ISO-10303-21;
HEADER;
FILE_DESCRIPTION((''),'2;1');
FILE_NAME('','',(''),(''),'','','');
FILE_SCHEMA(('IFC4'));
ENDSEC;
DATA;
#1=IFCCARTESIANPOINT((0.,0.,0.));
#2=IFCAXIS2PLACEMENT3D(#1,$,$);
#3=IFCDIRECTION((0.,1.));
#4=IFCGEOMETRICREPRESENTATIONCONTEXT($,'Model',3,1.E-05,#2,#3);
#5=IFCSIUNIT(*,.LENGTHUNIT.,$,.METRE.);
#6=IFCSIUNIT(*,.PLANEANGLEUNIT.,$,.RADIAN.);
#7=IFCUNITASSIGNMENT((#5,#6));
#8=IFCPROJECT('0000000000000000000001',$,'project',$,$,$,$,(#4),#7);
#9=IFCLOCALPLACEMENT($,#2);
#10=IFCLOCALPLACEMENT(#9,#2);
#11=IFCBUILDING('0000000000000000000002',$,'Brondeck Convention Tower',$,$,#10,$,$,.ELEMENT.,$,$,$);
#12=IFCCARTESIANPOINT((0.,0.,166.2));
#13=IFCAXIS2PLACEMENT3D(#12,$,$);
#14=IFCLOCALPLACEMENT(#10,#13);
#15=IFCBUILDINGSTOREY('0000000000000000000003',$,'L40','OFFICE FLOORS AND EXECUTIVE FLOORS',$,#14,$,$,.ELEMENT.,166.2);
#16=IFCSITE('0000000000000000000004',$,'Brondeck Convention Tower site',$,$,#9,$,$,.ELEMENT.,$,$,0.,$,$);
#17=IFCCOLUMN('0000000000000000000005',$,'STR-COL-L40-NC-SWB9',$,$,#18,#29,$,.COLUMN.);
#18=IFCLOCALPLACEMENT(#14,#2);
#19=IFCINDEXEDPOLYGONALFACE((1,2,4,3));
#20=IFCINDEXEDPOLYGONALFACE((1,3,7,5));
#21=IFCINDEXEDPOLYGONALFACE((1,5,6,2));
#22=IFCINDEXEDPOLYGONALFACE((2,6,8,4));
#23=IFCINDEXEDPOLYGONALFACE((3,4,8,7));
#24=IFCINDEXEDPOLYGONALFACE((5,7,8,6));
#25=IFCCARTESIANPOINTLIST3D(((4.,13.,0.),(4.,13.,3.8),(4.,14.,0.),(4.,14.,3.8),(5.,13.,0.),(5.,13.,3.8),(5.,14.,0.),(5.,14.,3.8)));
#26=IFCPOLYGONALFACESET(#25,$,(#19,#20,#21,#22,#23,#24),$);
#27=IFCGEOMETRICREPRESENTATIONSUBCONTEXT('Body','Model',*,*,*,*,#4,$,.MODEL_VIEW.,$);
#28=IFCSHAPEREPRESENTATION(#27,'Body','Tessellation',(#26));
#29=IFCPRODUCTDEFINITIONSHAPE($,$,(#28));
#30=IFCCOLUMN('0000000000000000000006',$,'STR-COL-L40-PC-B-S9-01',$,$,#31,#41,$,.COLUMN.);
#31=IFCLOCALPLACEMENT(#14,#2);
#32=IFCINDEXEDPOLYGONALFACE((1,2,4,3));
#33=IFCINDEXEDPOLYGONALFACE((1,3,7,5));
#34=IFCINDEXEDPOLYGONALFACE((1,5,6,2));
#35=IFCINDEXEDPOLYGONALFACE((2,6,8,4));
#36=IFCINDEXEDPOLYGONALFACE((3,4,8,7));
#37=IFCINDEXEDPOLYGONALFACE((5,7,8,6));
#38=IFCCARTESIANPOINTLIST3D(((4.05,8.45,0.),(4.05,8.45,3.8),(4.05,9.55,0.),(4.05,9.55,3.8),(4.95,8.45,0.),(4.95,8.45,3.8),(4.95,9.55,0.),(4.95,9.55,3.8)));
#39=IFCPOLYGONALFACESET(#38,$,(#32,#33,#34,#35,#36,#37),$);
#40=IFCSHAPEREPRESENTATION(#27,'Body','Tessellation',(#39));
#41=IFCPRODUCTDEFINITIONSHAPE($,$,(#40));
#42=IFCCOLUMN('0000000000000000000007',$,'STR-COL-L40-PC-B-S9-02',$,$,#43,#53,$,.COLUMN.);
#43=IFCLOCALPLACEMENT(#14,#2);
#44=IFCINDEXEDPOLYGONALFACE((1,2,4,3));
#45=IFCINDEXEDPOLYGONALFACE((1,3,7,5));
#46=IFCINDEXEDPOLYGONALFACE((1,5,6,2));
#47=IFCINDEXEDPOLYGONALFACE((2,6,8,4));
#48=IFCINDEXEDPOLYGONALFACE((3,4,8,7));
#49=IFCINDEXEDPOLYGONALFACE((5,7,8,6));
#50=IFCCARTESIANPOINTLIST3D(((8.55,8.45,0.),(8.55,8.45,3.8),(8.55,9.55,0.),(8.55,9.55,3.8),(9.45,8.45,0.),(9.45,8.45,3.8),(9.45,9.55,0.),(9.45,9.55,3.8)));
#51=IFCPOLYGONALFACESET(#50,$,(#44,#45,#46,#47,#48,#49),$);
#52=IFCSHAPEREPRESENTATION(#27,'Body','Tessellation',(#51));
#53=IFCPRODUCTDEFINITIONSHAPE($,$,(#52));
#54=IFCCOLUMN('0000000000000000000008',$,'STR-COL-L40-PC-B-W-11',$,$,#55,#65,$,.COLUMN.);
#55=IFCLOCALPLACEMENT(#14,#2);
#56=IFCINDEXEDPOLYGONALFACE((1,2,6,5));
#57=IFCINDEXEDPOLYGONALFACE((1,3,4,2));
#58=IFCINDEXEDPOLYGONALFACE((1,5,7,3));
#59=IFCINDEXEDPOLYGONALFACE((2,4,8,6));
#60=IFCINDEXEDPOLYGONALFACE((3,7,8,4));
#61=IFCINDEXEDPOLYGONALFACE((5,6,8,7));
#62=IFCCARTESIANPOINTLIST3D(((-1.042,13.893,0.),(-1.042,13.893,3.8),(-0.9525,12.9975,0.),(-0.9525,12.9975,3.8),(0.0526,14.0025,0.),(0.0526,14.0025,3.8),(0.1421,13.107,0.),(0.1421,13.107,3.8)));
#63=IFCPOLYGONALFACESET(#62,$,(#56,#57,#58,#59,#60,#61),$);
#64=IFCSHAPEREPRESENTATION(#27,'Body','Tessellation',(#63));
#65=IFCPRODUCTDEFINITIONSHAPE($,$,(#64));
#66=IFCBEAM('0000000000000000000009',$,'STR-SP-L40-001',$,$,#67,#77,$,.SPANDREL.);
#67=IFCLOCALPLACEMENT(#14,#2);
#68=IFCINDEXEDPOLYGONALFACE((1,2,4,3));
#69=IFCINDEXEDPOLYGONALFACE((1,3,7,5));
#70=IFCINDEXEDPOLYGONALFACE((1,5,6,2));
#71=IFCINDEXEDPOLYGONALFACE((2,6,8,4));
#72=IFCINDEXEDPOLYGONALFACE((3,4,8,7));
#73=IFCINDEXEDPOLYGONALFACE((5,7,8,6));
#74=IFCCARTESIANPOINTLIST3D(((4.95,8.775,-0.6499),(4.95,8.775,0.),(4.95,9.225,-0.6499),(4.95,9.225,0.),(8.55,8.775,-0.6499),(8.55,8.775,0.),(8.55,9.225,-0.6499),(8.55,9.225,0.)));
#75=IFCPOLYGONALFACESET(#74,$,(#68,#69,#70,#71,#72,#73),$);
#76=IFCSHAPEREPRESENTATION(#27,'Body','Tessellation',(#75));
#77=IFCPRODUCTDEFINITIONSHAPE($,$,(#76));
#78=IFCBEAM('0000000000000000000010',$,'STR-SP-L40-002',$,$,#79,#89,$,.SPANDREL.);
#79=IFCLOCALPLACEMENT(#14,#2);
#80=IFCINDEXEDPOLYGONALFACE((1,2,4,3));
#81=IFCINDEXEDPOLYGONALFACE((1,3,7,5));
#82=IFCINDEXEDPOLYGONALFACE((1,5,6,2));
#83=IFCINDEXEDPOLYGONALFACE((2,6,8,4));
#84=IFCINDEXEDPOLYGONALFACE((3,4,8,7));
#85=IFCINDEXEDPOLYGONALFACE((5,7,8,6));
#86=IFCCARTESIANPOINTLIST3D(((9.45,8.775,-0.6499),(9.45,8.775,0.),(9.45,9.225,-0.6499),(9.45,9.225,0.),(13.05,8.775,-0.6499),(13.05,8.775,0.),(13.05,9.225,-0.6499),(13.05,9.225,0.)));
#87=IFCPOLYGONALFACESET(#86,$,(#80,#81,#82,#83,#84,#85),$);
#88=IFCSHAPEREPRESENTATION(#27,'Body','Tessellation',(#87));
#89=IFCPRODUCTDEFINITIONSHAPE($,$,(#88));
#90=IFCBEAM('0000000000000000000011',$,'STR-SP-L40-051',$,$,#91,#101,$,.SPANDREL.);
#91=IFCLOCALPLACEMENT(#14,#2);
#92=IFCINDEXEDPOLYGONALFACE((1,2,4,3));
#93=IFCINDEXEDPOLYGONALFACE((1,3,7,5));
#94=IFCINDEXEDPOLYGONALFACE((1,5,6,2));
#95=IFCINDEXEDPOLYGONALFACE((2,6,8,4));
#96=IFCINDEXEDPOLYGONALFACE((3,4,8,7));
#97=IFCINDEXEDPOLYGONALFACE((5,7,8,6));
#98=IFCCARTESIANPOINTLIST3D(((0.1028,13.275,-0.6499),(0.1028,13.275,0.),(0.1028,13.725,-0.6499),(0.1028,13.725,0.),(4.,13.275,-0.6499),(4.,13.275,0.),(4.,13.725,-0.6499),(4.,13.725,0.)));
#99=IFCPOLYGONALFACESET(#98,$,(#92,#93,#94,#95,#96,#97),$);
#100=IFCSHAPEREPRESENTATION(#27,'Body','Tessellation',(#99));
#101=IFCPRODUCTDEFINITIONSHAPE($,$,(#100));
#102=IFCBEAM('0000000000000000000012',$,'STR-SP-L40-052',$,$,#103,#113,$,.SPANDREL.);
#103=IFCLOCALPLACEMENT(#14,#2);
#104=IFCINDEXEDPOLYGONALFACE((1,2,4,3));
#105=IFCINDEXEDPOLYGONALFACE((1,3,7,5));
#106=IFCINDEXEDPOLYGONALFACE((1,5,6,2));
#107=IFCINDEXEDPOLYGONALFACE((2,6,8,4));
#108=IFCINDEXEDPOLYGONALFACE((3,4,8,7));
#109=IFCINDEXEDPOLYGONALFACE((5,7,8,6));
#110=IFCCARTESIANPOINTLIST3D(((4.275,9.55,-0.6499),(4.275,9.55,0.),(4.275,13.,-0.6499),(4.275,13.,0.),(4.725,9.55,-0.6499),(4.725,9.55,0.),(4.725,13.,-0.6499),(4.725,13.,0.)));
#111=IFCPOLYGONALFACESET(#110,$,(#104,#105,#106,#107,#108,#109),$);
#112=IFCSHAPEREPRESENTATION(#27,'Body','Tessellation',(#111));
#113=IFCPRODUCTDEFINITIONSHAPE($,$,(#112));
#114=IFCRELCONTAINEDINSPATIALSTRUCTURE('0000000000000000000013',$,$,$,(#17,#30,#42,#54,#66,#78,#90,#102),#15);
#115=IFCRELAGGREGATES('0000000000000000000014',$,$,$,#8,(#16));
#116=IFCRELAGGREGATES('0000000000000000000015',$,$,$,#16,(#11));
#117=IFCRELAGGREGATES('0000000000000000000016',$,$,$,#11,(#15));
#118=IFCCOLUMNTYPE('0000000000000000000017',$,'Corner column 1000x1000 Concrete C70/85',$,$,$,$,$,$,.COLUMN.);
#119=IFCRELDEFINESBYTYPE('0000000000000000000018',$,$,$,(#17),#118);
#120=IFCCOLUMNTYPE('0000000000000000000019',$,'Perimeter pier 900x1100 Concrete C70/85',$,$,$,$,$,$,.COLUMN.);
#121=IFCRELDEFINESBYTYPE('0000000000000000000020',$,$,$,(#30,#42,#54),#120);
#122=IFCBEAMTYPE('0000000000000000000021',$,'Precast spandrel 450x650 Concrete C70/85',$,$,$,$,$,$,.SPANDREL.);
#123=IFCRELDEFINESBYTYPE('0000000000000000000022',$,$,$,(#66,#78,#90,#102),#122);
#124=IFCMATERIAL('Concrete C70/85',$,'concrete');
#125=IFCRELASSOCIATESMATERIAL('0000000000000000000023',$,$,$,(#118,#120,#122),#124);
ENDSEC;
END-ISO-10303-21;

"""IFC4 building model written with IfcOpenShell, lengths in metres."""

from ifc_helpers import new_model, si_unit, direction, frame, origin, origin_2d, place, context, subcontext, project, spatial, rectangle, extrude, material, material_profile, profile_set, type_object, element, save


model = new_model("IFC4")

# Units and contexts
model_context = context("Model", 3, precision=1e-05, world=origin(), true_north=direction((0.0, 1.0)))
body_context = subcontext(model_context, "Body", "Model", "MODEL_VIEW")
ifc_project = project(units=[si_unit("LENGTHUNIT", "METRE"), si_unit("PLANEANGLEUNIT", "RADIAN")], contexts=[model_context])

# Site, building, storey
site_placement = place(None, origin())
site = spatial("IfcSite", under=ifc_project, at=site_placement, Name="Brondeck Convention Tower site", CompositionType="ELEMENT", RefElevation=0.0)
building_placement = place(site_placement, origin())
building = spatial("IfcBuilding", under=site, at=building_placement, Name="Brondeck Convention Tower", CompositionType="ELEMENT")
storey_placement = place(building_placement, frame((0.0, 0.0, 166.2)))
storey = spatial("IfcBuildingStorey", under=building, at=storey_placement, Name="L40", Description="OFFICE FLOORS AND EXECUTIVE FLOORS", CompositionType="ELEMENT", Elevation=166.2)

# Columns
ifc_material_1 = material(Name="Concrete C70/85", Category="concrete")
ifc_material_profile_1 = material_profile(ifc_material_1, rectangle(XDim=1.0, YDim=1.0, at=origin_2d()), Name="Corner column 1000x1000 Concrete C70/85")
ifc_profile_set_1 = profile_set([ifc_material_profile_1], Name="Concrete C70/85")
column_type_1 = type_object("IfcColumnType", Name="Corner column 1000x1000 Concrete C70/85", PredefinedType="COLUMN", material=ifc_profile_set_1)
column_placement = place(storey_placement, frame((4.5, 13.5, 0.0), z_axis=(0.0, 0.0, 1.0), x_axis=(1.0, 0.0, 0.0)))
element("IfcColumn", 1, at=column_placement, inside=storey, type_object=column_type_1, Name="STR-COL-L40-NC-SWB9", PredefinedType="COLUMN", context=body_context, shape_type="SweptSolid", body=[
    extrude(rectangle(XDim=1.0, YDim=1.0, at=origin_2d()), origin(), (0.0, 0.0, 1.0), 3.8),
])
ifc_material_profile_2 = material_profile(ifc_material_1, rectangle(XDim=0.8999, YDim=1.1001, at=origin_2d()), Name="Perimeter pier 900x1100 Concrete C70/85")
ifc_profile_set_2 = profile_set([ifc_material_profile_2], Name="Concrete C70/85")
column_type_2 = type_object("IfcColumnType", Name="Perimeter pier 900x1100 Concrete C70/85", PredefinedType="COLUMN", material=ifc_profile_set_2)
for number, where, z_axis, x_axis, name in (
    (2, (4.5, 9.0, 0.0), (0.0, 0.0, 1.0), (1.0, 0.0, 0.0), "STR-COL-L40-PC-B-S9-01"),
    (3, (9.0, 9.0, 0.0), (0.0, 0.0, 1.0), (1.0, 0.0, 0.0), "STR-COL-L40-PC-B-S9-02"),
    (4, (-0.45, 13.5, 0.0), (0.0, 0.0, 1.0), (0.099504, -0.995037, 0.0), "STR-COL-L40-PC-B-W-11"),
):
    element("IfcColumn", number, at=place(storey_placement, frame(where, z_axis=z_axis, x_axis=x_axis)), inside=storey, type_object=column_type_2, Name=name, PredefinedType="COLUMN", context=body_context, shape_type="SweptSolid", body=[
        extrude(rectangle(XDim=0.8999, YDim=1.1001, at=origin_2d()), origin(), (0.0, 0.0, 1.0), 3.8),
    ])

# Beams
ifc_material_profile_3 = material_profile(ifc_material_1, rectangle(XDim=0.45, YDim=0.6499, at=origin_2d()), Name="Precast spandrel 450x650 Concrete C70/85")
ifc_profile_set_3 = profile_set([ifc_material_profile_3], Name="Concrete C70/85")
beam_type = type_object("IfcBeamType", Name="Precast spandrel 450x650 Concrete C70/85", PredefinedType="SPANDREL", material=ifc_profile_set_3)
for number, where, z_axis, x_axis, name in (
    (5, (4.95, 9.0, -0.325), (1.0, 0.0, 0.0), (0.0, 1.0, 0.0), "STR-SP-L40-001"),
    (6, (9.45, 9.0, -0.325), (1.0, 0.0, 0.0), (0.0, 1.0, 0.0), "STR-SP-L40-002"),
):
    element("IfcBeam", number, at=place(storey_placement, frame(where, z_axis=z_axis, x_axis=x_axis)), inside=storey, type_object=beam_type, Name=name, PredefinedType="SPANDREL", context=body_context, shape_type="SweptSolid", body=[
        extrude(rectangle(XDim=0.45, YDim=0.6499, at=origin_2d()), origin(), (0.0, 0.0, 1.0), 3.6001),
    ])
beam_1_placement = place(storey_placement, frame((0.1028, 13.5, -0.325), z_axis=(1.0, 0.0, 0.0), x_axis=(0.0, 1.0, 0.0)))
element("IfcBeam", 7, at=beam_1_placement, inside=storey, type_object=beam_type, Name="STR-SP-L40-051", PredefinedType="SPANDREL", context=body_context, shape_type="SweptSolid", body=[
    extrude(rectangle(XDim=0.45, YDim=0.6499, at=origin_2d()), origin(), (0.0, 0.0, 1.0), 3.8972),
])
beam_2_placement = place(storey_placement, frame((4.5, 13.0, -0.325), z_axis=(0.0, -1.0, 0.0), x_axis=(1.0, 0.0, 0.0)))
element("IfcBeam", 8, at=beam_2_placement, inside=storey, type_object=beam_type, Name="STR-SP-L40-052", PredefinedType="SPANDREL", context=body_context, shape_type="SweptSolid", body=[
    extrude(rectangle(XDim=0.45, YDim=0.6499, at=origin_2d()), origin(), (0.0, 0.0, 1.0), 3.45),
])

save(model, "model.ifc")
